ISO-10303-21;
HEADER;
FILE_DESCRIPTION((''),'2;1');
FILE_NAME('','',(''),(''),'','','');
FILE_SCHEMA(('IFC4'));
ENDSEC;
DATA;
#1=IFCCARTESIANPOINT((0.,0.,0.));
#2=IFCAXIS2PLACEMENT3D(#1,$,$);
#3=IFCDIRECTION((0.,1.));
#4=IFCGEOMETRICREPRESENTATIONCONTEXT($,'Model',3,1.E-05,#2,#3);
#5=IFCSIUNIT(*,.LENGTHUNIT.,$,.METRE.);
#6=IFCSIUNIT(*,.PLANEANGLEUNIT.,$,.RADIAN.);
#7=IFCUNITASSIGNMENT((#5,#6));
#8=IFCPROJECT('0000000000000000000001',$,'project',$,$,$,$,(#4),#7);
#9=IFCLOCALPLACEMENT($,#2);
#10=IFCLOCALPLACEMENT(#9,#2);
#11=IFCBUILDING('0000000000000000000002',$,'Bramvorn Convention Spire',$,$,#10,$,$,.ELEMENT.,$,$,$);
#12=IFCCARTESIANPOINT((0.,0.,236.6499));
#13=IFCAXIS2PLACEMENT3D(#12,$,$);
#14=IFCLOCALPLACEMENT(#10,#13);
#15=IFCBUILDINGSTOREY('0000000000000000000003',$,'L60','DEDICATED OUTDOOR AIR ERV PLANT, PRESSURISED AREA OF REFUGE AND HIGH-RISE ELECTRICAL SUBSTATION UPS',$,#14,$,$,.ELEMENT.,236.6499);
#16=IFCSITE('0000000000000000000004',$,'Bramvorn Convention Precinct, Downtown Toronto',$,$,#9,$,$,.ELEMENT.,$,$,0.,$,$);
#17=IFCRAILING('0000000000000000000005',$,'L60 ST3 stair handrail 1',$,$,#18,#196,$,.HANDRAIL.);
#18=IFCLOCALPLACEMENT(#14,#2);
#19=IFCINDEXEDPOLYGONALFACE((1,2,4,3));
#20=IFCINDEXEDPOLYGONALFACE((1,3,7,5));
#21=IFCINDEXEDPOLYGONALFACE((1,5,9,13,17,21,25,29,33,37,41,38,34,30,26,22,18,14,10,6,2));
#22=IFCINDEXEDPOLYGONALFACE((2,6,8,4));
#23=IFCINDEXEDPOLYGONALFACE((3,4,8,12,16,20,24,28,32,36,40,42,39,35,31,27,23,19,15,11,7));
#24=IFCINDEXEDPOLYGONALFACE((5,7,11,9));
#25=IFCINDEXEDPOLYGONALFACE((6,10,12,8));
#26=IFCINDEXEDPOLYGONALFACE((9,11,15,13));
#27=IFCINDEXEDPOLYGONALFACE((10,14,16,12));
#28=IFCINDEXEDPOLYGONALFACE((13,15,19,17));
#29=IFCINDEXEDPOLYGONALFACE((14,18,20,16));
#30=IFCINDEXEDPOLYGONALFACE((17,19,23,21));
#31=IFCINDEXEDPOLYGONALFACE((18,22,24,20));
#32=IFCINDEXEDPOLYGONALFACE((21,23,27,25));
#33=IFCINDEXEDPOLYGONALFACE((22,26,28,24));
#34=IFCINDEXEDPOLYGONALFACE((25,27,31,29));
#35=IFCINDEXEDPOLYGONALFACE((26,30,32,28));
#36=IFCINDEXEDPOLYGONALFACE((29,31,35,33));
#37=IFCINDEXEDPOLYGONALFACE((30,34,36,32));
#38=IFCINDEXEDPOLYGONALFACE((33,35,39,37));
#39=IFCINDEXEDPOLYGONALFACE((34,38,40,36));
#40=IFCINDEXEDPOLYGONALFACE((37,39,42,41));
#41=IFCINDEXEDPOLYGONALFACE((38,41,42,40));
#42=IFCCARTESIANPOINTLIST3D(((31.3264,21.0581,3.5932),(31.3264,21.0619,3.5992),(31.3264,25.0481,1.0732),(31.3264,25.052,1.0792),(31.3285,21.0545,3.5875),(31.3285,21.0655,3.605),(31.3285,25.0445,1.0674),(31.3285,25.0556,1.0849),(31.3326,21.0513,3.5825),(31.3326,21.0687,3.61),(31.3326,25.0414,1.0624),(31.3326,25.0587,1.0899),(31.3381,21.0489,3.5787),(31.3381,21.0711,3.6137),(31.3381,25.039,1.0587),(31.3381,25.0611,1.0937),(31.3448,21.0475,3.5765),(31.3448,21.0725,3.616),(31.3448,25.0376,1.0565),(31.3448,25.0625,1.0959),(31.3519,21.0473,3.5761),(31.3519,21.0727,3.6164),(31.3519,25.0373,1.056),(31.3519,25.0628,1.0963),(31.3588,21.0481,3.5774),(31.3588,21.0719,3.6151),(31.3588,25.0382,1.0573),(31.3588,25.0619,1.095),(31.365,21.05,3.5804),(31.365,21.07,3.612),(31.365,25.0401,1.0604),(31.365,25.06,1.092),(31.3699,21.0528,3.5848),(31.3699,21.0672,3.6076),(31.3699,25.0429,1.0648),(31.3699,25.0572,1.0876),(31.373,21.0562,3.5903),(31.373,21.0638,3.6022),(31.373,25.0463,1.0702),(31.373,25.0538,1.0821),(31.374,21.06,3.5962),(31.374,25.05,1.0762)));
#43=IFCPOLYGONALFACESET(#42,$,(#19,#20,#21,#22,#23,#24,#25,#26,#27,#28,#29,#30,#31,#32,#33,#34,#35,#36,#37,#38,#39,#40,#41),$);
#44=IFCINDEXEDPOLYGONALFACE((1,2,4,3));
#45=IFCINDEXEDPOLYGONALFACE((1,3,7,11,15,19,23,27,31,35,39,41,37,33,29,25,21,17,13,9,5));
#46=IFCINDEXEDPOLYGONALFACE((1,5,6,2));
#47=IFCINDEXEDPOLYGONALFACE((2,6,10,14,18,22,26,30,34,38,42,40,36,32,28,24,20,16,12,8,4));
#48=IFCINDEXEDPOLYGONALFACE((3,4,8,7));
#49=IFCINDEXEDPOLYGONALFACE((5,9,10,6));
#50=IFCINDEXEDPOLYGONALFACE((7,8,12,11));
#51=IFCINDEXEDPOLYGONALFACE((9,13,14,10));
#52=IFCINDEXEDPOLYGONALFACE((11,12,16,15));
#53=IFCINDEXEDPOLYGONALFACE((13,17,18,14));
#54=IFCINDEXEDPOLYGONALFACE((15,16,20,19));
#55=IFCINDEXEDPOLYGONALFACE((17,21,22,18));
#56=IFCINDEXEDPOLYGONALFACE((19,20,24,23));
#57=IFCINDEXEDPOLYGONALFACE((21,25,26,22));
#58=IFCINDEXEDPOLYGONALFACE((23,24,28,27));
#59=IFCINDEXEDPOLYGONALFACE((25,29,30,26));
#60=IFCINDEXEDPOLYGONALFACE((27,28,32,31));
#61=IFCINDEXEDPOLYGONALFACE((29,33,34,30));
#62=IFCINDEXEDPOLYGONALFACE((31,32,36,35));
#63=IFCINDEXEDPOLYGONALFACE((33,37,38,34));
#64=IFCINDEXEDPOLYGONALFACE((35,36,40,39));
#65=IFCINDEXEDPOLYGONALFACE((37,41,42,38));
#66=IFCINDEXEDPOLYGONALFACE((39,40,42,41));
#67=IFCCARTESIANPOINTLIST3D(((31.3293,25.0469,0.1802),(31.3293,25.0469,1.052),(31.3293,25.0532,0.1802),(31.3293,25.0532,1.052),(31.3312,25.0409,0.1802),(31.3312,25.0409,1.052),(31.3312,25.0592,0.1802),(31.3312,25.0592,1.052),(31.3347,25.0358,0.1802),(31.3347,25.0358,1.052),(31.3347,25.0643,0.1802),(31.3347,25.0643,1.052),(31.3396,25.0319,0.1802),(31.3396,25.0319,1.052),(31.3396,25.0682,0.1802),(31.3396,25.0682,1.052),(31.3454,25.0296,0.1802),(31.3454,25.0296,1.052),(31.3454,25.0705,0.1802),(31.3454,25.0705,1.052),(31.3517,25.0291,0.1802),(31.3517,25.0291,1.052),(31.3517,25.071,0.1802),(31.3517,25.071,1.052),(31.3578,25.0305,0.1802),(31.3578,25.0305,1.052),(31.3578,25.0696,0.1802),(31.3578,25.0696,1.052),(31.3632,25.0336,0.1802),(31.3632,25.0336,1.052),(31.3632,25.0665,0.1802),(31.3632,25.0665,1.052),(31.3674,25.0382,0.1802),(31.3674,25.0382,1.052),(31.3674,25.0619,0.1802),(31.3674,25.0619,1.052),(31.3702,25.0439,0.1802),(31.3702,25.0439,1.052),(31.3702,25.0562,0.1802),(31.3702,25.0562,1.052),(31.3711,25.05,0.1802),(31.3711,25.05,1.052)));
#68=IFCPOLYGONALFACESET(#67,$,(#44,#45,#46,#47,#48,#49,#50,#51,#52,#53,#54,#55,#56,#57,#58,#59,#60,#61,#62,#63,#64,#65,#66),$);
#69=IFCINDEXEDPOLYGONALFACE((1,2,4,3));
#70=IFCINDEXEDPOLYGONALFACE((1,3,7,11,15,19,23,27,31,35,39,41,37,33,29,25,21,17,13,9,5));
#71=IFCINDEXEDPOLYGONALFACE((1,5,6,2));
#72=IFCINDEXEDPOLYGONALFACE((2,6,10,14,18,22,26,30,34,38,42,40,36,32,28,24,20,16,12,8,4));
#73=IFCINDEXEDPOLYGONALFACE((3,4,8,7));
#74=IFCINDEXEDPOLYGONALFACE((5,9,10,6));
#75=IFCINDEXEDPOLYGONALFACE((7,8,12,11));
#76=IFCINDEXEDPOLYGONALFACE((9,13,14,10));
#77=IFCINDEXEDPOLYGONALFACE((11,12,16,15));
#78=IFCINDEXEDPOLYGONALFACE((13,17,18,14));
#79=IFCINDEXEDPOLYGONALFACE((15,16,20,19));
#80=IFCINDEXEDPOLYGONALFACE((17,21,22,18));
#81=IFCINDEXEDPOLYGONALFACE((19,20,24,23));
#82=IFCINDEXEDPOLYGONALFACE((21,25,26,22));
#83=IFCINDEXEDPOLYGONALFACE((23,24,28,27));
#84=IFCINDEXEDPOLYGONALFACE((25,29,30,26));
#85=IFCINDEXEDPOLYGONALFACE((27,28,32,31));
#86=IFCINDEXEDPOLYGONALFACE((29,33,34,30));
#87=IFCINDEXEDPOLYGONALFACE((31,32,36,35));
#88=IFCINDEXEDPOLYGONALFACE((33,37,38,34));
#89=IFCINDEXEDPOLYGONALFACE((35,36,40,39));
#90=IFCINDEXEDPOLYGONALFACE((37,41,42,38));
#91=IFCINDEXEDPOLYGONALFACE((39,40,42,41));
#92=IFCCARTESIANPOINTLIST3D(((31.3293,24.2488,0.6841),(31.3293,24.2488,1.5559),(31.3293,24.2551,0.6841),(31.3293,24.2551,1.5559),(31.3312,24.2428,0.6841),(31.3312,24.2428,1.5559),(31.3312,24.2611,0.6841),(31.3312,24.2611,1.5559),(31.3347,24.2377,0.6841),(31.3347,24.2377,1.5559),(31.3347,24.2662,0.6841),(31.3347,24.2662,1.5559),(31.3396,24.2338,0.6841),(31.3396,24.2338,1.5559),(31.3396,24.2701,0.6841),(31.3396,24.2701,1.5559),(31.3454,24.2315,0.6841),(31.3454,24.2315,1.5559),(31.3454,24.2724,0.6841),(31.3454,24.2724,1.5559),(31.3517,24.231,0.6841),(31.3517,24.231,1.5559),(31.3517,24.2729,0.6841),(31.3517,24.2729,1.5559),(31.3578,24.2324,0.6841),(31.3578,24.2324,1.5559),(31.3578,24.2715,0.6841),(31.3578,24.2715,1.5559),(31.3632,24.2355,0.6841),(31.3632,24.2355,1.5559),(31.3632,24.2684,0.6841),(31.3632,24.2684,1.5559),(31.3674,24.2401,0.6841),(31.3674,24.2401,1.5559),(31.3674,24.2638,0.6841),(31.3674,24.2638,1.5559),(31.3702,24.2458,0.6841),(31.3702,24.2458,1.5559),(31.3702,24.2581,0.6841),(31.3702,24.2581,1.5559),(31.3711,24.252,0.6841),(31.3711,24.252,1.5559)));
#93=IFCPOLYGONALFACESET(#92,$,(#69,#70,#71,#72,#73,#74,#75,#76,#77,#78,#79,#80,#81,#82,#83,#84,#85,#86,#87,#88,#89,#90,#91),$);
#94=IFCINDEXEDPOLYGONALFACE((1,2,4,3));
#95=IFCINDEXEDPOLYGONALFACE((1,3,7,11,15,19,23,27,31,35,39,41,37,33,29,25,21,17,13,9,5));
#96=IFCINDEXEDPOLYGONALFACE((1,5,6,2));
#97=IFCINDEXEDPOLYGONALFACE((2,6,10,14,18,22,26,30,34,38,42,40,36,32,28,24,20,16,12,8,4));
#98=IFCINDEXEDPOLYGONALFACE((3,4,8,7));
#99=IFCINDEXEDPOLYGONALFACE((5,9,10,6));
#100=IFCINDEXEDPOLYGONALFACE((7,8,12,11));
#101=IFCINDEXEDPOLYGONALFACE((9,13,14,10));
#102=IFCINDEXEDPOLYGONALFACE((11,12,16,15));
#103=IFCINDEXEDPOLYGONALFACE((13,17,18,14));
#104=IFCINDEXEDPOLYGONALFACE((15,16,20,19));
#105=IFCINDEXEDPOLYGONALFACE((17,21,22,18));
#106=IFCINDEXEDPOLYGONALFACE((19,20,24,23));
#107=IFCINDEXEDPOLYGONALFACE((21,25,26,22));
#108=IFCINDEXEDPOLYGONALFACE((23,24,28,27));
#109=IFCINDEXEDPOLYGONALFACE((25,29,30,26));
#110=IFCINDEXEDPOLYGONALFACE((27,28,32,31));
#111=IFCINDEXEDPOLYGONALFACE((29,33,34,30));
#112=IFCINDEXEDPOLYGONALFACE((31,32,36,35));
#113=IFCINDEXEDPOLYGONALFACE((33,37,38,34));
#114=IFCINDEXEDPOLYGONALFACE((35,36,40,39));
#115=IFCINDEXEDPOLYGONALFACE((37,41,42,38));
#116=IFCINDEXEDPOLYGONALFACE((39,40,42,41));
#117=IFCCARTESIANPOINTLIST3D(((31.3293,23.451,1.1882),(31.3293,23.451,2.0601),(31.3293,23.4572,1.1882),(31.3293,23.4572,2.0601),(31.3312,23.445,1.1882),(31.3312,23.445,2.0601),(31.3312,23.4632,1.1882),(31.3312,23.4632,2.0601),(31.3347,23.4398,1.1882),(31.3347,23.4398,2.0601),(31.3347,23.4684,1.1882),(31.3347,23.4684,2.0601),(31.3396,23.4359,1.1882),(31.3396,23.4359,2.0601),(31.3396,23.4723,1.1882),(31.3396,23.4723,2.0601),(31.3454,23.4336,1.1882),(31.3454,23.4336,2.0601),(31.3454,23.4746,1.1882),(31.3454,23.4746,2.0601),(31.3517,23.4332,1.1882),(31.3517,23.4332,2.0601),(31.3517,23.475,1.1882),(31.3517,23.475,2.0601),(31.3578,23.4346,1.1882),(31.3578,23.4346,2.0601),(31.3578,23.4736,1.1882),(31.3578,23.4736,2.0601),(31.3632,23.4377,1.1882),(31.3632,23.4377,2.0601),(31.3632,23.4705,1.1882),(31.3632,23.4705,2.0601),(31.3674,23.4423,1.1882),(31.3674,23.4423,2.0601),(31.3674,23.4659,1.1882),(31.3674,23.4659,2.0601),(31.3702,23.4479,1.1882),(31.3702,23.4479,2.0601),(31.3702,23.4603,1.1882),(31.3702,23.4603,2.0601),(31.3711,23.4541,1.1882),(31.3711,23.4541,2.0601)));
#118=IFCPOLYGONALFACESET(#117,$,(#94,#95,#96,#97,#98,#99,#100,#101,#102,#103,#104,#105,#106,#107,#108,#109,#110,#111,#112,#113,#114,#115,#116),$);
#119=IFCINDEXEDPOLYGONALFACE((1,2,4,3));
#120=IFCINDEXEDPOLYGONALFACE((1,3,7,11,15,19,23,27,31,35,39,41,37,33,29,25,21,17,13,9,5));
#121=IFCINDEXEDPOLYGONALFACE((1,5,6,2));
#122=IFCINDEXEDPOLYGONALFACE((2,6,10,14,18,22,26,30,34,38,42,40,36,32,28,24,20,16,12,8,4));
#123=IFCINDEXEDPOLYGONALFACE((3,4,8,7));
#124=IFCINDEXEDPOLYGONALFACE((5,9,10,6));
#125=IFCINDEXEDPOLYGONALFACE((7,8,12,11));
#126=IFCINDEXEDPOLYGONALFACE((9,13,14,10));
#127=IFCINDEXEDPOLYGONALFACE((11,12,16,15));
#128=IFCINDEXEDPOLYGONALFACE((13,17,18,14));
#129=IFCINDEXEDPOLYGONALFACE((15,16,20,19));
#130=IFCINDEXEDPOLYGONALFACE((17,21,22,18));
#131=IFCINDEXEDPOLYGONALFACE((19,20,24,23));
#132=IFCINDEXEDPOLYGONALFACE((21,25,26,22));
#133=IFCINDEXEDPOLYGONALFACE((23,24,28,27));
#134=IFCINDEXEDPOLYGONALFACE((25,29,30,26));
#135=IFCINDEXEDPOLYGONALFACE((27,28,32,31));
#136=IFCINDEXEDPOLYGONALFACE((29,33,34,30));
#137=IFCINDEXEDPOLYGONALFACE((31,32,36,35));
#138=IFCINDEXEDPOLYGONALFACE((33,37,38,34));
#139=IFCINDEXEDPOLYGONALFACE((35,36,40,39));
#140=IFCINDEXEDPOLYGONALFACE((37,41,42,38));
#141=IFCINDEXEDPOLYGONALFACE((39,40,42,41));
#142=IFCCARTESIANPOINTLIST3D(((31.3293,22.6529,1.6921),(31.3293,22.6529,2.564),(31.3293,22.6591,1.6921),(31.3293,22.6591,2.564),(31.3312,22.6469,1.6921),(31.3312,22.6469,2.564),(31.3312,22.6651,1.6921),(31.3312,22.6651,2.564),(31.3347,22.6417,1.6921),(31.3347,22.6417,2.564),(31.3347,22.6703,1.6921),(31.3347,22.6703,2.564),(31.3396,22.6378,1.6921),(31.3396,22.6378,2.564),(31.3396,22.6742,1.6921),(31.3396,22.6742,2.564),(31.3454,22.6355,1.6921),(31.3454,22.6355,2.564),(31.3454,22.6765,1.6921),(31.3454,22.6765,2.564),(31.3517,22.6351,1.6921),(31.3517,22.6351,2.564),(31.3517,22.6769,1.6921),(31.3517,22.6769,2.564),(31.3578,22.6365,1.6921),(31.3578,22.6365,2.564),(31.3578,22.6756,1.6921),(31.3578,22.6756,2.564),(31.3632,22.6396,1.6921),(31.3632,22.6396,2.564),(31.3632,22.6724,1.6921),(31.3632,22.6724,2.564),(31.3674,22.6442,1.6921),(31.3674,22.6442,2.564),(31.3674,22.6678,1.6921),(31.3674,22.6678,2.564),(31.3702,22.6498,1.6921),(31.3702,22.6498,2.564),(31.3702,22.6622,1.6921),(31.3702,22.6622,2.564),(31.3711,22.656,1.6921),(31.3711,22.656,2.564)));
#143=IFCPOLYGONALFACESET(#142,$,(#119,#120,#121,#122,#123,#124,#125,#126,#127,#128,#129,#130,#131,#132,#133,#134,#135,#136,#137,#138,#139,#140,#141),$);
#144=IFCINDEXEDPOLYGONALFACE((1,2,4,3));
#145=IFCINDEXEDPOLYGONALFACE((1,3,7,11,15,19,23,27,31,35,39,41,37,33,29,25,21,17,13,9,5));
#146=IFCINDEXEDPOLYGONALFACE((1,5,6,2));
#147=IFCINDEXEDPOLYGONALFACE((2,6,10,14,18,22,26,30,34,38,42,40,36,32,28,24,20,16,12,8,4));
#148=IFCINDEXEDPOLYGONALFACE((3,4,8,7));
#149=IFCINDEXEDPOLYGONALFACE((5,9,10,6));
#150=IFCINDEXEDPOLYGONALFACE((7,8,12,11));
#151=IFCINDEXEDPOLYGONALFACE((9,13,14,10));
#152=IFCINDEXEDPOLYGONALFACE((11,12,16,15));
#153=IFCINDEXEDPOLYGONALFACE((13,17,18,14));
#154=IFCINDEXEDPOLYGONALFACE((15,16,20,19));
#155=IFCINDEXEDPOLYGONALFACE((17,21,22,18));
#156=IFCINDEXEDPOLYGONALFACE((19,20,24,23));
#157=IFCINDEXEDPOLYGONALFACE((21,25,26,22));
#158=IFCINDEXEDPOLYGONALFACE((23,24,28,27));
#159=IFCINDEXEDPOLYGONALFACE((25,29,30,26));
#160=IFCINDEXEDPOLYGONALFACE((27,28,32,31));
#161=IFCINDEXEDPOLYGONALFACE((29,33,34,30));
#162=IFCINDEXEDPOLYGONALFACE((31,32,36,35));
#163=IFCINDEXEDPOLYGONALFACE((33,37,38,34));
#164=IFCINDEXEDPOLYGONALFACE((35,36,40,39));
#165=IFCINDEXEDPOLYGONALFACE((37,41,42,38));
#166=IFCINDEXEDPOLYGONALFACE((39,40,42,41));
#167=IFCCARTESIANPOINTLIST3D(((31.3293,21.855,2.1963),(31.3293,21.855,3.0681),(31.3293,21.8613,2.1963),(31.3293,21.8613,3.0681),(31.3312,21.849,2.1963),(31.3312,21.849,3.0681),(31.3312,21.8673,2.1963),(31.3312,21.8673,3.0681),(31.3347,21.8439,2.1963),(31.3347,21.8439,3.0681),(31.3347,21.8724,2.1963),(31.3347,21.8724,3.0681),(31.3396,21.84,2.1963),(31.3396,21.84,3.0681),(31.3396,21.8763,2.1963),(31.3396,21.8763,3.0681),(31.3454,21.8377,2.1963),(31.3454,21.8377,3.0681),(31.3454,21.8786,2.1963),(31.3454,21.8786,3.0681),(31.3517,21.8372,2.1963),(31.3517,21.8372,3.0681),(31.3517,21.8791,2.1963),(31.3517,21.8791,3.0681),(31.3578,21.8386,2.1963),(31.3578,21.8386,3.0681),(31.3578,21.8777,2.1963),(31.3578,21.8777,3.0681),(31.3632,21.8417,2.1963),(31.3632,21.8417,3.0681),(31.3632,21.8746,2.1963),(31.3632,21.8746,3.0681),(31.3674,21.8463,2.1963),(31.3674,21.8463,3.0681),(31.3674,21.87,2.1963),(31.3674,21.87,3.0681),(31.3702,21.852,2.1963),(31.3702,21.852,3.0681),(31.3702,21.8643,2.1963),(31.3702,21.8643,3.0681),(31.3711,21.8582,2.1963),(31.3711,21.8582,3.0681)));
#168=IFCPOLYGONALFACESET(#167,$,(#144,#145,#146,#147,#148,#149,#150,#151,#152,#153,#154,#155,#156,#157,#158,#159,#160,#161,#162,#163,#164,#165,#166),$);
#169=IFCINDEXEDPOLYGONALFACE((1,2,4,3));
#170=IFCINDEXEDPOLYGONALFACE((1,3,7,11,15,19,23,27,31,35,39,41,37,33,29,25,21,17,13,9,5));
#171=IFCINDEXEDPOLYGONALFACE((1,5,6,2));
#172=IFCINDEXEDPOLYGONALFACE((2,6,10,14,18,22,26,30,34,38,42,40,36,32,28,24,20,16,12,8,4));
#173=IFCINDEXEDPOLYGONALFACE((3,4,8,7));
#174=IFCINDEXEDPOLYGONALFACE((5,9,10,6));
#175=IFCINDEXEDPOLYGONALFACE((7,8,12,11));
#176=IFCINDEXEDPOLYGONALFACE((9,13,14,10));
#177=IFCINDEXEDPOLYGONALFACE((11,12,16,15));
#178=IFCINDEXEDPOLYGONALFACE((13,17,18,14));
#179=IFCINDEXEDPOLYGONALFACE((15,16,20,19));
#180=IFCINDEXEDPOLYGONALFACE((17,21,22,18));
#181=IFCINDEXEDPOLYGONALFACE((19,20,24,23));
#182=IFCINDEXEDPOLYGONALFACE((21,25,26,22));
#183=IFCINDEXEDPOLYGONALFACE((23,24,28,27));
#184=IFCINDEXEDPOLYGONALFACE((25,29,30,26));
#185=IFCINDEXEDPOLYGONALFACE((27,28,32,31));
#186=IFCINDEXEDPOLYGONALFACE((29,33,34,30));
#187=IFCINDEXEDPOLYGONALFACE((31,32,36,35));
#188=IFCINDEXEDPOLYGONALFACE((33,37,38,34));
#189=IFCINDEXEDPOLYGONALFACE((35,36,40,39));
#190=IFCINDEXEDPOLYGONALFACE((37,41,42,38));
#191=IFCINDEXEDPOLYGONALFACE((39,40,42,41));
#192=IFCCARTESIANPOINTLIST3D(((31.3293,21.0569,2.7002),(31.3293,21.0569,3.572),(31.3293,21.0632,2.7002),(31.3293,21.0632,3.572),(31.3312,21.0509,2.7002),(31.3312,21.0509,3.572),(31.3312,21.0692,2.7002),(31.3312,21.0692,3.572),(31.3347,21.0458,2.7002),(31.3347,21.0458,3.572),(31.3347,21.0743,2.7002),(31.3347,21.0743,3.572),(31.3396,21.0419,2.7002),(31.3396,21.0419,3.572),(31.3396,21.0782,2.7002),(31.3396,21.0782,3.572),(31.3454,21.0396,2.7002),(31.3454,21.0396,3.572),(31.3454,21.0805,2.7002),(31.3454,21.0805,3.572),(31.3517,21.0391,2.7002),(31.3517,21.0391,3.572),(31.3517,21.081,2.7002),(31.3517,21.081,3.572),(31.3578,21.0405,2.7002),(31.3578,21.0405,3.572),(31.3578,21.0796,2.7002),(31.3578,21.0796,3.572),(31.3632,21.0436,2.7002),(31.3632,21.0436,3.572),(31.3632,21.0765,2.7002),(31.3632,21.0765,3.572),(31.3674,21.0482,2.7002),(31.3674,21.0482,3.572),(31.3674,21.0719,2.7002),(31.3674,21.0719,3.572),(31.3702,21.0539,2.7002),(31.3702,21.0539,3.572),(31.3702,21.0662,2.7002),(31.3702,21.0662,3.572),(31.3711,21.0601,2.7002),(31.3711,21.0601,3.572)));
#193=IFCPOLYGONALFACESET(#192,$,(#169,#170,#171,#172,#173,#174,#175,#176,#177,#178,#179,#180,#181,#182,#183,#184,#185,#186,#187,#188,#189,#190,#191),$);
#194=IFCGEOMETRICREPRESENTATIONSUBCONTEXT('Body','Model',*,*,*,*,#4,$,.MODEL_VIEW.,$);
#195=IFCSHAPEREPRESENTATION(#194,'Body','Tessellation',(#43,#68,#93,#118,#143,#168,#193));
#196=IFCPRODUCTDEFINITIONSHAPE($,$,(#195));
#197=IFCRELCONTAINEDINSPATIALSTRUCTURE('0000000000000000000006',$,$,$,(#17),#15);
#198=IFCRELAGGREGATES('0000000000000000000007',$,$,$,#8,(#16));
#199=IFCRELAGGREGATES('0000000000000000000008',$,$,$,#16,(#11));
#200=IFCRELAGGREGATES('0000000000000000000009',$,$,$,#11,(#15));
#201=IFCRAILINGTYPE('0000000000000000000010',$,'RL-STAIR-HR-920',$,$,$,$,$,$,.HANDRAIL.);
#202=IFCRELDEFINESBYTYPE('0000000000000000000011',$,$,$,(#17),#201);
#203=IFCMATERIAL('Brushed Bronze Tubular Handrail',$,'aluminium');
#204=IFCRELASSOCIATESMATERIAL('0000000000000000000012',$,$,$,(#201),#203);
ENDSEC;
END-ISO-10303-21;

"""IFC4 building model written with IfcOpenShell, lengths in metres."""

from ifc_helpers import new_model, si_unit, direction, frame, origin, origin_2d, place, context, subcontext, project, spatial, circle, extrude, material, type_object, element, save


model = new_model("IFC4")

# Units and contexts
model_context = context("Model", 3, precision=1e-05, world=origin(), true_north=direction((0.0, 1.0)))
body_context = subcontext(model_context, "Body", "Model", "MODEL_VIEW")
ifc_project = project(units=[si_unit("LENGTHUNIT", "METRE"), si_unit("PLANEANGLEUNIT", "RADIAN")], contexts=[model_context])

# Site, building, storey
site_placement = place(None, origin())
site = spatial("IfcSite", under=ifc_project, at=site_placement, Name="Bramvorn Convention Precinct, Downtown Toronto", CompositionType="ELEMENT", RefElevation=0.0)
building_placement = place(site_placement, origin())
building = spatial("IfcBuilding", under=site, at=building_placement, Name="Bramvorn Convention Spire", CompositionType="ELEMENT")
storey_placement = place(building_placement, frame((0.0, 0.0, 236.6499)))
storey = spatial("IfcBuildingStorey", under=building, at=storey_placement, Name="L60", Description="DEDICATED OUTDOOR AIR ERV PLANT, PRESSURISED AREA OF REFUGE AND HIGH-RISE ELECTRICAL SUBSTATION UPS", CompositionType="ELEMENT", Elevation=236.6499)

# Railing
ifc_material_1 = material(Name="Brushed Bronze Tubular Handrail", Category="aluminium")
railing_type_1 = type_object("IfcRailingType", Name="RL-STAIR-HR-920", PredefinedType="HANDRAIL", material=ifc_material_1)
railing_1_placement = place(storey_placement, frame((31.3501, 25.05, 0.1802)))
element("IfcRailing", 1, at=railing_1_placement, inside=storey, type_object=railing_type_1, Name="L60 ST3 stair handrail 1", PredefinedType="HANDRAIL", context=body_context, shape_type="SweptSolid", body=[
    extrude(circle(Radius=0.0239, at=origin_2d()), frame((0.0, 0.0, 0.896), z_axis=(0.0, -0.845486, 0.533997), x_axis=(1.0, 0.0, 0.0)), (0.0, 0.0, 1.0), 4.7192),
    extrude(circle(Radius=0.021, at=origin_2d()), origin(), (0.0, 0.0, 1.0), 0.8718),
    extrude(circle(Radius=0.021, at=origin_2d()), frame((0.0, -0.7981, 0.5039)), (0.0, 0.0, 1.0), 0.8718),
    extrude(circle(Radius=0.021, at=origin_2d()), frame((0.0, -1.5959, 1.0081)), (0.0, 0.0, 1.0), 0.8718),
    extrude(circle(Radius=0.021, at=origin_2d()), frame((0.0, -2.394, 1.512)), (0.0, 0.0, 1.0), 0.8718),
    extrude(circle(Radius=0.021, at=origin_2d()), frame((0.0, -3.1919, 2.0161)), (0.0, 0.0, 1.0), 0.8718),
    extrude(circle(Radius=0.021, at=origin_2d()), frame((0.0, -3.99, 2.52)), (0.0, 0.0, 1.0), 0.8718),
])

save(model, "model.ifc")
